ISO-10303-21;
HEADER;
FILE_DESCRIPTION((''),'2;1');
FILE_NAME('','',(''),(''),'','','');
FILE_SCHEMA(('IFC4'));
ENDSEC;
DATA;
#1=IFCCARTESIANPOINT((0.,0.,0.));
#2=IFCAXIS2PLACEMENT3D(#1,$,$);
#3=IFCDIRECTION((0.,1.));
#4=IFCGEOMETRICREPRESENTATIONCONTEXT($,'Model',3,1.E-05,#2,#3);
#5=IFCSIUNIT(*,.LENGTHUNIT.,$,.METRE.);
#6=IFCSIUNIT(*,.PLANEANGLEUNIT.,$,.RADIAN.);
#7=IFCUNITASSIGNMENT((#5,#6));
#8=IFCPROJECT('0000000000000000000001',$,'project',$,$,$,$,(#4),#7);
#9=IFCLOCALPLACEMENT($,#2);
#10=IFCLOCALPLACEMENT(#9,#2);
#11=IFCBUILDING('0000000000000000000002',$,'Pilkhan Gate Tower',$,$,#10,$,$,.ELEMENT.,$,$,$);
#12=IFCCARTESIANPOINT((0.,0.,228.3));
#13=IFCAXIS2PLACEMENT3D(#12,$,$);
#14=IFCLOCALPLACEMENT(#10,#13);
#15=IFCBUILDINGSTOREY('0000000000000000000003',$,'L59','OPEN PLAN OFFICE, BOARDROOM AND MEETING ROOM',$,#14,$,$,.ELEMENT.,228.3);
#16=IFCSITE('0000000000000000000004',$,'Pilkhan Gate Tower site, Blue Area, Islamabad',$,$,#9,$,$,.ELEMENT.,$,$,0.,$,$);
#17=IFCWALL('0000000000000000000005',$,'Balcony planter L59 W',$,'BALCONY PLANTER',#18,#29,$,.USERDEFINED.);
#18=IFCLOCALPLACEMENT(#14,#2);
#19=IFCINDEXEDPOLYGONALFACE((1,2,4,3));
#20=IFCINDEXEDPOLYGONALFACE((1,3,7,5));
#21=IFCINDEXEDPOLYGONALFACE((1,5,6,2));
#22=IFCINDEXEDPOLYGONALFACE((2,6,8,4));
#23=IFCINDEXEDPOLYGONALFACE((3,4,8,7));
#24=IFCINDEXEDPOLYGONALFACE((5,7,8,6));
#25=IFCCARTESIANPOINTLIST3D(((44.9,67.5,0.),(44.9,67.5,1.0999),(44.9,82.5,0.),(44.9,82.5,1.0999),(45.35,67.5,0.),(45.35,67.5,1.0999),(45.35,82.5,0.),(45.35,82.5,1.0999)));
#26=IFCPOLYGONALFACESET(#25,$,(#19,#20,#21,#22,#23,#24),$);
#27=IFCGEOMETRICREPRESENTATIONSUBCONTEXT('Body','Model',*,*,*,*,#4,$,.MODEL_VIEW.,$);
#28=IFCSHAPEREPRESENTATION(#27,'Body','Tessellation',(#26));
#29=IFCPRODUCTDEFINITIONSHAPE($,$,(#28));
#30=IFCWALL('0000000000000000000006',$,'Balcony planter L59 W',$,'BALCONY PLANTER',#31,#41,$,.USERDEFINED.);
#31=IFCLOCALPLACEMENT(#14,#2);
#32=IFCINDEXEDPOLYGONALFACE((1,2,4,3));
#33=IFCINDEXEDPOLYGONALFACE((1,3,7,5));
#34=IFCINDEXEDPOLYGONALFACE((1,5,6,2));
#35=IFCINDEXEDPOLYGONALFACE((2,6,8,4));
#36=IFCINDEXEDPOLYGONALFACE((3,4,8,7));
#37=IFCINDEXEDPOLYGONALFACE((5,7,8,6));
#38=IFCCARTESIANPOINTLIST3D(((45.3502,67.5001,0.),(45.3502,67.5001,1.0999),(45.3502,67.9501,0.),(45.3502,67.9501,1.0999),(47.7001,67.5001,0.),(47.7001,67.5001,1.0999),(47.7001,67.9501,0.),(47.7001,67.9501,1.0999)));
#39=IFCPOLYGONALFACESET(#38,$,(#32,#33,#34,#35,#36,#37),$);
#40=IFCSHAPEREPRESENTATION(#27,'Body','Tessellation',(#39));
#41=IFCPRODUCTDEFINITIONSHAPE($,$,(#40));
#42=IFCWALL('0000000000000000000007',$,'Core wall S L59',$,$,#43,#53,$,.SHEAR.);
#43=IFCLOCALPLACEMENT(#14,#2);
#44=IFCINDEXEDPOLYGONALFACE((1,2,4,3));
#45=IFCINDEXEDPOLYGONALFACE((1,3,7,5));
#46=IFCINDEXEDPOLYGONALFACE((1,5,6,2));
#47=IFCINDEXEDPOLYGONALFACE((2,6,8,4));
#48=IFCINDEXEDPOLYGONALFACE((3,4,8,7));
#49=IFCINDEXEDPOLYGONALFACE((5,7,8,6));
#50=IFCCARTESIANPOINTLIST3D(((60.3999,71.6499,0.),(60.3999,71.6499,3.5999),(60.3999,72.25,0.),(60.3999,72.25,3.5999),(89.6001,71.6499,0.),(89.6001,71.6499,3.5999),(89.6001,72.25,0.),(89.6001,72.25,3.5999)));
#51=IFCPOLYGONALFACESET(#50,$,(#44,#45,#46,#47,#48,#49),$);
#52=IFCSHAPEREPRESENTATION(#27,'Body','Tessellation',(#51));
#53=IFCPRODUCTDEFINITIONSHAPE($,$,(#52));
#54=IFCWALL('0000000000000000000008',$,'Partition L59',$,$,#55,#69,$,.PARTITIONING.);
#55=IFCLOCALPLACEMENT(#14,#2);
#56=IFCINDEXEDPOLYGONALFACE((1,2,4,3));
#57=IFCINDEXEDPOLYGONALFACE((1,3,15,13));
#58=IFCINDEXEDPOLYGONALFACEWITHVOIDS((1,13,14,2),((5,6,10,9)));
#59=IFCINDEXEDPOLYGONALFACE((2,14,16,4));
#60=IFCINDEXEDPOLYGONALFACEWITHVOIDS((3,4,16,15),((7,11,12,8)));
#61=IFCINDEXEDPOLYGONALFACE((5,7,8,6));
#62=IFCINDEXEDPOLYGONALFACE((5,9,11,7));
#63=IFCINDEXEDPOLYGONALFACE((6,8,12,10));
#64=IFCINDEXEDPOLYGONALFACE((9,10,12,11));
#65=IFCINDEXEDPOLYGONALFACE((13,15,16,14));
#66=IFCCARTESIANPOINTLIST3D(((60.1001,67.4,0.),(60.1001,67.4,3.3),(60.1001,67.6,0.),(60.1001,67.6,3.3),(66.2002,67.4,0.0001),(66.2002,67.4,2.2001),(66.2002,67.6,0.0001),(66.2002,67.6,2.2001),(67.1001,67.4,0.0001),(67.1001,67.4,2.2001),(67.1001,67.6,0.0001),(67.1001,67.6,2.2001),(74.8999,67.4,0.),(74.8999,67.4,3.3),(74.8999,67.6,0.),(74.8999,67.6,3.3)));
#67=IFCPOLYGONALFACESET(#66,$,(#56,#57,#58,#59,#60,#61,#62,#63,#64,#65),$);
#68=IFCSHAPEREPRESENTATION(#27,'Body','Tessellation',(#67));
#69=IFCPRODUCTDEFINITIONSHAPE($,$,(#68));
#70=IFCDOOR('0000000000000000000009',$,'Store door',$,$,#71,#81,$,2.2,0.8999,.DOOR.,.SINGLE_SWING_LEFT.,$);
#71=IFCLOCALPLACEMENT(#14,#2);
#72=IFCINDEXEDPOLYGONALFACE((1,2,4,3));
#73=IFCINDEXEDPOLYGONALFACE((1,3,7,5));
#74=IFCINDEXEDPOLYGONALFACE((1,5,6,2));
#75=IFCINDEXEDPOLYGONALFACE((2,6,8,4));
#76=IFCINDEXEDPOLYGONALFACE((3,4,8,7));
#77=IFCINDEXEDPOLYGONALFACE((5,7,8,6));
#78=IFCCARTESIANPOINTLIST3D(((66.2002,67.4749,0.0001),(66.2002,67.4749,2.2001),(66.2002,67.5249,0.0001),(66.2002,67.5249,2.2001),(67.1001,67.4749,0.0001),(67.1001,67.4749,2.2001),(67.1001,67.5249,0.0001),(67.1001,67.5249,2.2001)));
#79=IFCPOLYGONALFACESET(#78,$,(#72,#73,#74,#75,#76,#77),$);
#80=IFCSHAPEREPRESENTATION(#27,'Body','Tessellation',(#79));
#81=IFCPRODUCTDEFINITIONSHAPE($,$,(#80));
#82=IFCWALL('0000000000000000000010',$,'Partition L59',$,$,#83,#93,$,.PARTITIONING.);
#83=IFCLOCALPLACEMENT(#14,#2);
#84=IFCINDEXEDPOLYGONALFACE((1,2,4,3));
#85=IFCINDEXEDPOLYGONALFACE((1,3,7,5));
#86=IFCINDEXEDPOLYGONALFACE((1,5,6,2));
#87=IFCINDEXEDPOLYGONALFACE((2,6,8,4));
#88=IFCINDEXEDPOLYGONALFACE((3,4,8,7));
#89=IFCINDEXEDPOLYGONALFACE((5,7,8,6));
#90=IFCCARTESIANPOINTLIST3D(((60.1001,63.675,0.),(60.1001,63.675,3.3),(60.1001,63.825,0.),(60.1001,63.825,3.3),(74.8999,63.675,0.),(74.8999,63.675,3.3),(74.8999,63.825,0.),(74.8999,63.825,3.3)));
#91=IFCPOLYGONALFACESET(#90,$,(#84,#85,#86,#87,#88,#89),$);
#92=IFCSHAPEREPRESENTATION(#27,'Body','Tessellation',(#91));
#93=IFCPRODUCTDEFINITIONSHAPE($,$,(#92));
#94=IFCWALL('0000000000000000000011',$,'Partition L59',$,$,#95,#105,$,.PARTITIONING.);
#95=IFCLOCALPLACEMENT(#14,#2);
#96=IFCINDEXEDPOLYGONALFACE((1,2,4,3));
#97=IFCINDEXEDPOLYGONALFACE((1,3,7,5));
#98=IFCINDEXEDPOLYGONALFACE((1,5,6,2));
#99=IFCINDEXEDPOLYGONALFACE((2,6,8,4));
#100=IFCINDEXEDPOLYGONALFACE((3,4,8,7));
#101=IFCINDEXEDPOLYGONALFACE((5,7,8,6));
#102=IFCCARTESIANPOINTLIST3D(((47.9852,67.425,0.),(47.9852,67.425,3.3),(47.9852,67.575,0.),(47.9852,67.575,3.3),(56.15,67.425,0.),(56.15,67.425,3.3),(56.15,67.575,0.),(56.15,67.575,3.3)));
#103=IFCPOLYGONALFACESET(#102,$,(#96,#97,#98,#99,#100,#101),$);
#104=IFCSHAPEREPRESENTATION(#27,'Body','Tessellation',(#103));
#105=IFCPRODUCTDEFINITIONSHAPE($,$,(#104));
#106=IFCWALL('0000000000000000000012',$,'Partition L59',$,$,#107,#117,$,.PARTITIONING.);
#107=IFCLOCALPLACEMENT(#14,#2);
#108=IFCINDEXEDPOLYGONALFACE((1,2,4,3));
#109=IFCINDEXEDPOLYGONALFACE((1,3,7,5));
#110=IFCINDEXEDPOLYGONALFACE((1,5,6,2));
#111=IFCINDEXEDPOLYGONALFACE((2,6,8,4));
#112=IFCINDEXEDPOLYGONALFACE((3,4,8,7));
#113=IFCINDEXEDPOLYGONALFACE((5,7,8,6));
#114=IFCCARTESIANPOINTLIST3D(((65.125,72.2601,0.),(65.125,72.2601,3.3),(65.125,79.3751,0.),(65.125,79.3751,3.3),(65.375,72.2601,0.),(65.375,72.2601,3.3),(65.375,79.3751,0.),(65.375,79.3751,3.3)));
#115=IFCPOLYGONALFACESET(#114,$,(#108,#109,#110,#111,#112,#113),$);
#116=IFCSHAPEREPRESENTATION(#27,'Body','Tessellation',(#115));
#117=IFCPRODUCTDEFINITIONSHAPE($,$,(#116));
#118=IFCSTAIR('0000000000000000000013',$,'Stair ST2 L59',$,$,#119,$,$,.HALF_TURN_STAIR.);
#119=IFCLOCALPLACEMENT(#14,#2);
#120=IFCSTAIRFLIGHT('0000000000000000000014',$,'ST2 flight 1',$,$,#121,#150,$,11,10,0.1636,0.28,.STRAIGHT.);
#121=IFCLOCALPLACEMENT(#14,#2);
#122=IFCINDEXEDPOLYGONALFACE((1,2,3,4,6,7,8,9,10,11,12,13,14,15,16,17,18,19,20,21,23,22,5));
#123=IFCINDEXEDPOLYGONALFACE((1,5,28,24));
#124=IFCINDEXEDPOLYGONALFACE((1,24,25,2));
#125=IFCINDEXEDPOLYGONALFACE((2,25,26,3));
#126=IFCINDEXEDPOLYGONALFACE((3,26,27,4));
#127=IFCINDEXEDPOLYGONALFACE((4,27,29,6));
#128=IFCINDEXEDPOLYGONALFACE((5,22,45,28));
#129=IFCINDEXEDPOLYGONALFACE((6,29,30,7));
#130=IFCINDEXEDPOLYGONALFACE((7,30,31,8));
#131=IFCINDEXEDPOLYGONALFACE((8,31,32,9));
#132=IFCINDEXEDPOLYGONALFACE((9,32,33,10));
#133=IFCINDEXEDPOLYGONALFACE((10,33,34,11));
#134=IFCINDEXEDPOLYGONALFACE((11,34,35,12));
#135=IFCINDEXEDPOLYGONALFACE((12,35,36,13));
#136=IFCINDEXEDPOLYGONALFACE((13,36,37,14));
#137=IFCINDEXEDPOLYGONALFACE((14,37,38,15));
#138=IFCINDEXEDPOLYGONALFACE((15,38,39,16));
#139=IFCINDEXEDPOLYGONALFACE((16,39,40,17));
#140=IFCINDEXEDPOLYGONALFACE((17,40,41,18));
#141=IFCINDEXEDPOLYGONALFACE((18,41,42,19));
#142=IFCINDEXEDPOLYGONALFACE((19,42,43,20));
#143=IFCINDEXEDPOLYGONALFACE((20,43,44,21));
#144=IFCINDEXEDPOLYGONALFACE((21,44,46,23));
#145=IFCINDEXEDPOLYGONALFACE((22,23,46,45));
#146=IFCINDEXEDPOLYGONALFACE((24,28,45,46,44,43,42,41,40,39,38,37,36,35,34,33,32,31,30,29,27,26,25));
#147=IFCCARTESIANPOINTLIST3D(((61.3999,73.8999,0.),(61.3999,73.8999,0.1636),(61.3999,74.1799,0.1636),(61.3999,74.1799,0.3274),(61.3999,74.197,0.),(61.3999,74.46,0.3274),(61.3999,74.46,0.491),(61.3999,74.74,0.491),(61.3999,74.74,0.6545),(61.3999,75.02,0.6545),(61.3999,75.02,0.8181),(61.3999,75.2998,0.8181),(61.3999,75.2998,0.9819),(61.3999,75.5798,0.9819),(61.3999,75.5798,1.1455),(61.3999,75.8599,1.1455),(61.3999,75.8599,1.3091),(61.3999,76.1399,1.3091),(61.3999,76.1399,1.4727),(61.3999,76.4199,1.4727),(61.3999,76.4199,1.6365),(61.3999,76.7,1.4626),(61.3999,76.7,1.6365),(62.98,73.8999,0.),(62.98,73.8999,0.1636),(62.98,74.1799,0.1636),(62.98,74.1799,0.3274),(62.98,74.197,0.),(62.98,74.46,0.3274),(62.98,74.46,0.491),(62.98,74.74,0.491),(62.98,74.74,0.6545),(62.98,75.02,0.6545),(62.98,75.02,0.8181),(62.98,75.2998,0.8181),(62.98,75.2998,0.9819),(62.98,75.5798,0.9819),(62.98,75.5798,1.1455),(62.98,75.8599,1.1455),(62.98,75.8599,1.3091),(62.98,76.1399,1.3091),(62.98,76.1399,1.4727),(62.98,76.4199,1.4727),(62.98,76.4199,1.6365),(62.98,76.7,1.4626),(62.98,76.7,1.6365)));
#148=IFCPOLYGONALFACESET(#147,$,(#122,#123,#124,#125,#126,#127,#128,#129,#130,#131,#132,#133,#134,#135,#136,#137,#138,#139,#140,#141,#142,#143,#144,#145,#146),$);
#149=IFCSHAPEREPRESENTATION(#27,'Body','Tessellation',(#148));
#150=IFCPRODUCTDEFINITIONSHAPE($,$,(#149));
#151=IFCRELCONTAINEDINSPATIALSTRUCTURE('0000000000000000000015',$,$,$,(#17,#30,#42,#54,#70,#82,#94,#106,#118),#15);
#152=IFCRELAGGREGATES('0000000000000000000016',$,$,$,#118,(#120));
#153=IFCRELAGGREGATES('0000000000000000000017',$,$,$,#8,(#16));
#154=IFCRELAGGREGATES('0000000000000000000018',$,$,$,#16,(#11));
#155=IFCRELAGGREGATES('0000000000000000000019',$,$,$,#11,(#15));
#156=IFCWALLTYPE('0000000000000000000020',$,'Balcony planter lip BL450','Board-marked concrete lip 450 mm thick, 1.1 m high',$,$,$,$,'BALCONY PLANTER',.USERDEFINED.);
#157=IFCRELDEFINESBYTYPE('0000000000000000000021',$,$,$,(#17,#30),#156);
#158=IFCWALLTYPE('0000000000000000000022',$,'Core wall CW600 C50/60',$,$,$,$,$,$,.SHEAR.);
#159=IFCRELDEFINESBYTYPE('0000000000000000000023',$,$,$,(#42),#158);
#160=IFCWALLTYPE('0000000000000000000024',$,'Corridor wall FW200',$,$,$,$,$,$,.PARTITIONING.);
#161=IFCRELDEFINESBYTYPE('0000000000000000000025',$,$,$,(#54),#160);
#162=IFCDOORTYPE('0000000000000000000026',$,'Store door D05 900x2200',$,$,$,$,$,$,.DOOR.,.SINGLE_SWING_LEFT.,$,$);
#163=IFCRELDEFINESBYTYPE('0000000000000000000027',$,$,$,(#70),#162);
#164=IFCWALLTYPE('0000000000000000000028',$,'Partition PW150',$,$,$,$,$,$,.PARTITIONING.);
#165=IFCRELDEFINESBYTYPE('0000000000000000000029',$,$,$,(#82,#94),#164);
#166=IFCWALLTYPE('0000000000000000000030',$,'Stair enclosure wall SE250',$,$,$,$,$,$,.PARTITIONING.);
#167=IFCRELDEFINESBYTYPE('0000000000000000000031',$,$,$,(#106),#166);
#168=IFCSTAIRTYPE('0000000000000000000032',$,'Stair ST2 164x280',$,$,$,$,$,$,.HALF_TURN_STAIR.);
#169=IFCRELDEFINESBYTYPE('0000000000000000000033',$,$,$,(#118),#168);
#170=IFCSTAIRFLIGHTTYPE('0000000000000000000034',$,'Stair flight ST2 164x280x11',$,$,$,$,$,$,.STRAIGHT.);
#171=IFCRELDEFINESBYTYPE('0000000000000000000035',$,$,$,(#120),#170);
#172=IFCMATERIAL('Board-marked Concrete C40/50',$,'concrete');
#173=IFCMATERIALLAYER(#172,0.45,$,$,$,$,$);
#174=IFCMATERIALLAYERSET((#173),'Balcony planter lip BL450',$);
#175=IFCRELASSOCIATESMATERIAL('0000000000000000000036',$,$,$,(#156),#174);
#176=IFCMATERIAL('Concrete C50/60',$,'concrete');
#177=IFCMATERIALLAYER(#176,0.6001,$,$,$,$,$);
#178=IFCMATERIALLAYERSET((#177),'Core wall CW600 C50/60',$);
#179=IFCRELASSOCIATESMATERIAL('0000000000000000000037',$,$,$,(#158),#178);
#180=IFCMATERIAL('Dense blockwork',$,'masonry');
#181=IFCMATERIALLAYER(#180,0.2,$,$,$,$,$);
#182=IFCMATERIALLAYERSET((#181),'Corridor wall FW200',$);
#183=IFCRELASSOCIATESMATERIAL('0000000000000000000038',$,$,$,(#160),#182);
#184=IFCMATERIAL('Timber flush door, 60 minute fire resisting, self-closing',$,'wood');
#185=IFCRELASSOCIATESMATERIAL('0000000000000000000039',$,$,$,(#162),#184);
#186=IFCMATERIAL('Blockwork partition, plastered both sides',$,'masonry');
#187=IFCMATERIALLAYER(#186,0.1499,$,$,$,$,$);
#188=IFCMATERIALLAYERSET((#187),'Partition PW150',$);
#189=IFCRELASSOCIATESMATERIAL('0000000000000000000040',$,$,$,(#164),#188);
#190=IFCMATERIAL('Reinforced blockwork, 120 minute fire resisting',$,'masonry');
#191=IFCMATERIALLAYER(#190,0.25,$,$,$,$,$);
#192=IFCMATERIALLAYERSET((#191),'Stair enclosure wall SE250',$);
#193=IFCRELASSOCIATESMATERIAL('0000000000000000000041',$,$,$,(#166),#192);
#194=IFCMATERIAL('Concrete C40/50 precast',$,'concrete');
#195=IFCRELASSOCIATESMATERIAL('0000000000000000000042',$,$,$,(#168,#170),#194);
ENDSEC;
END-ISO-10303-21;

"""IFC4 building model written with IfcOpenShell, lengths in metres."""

from ifc_helpers import new_model, si_unit, direction, frame, frame_2d, origin, place, context, subcontext, project, spatial, polyline, rectangle, outline, extrude, material, layer, layer_set, type_object, element, fill, aggregate, save


model = new_model("IFC4")

# Units and contexts
model_context = context("Model", 3, precision=1e-05, world=origin(), true_north=direction((0.0, 1.0)))
body_context = subcontext(model_context, "Body", "Model", "MODEL_VIEW")
ifc_project = project(units=[si_unit("LENGTHUNIT", "METRE"), si_unit("PLANEANGLEUNIT", "RADIAN")], contexts=[model_context])

# Site, building, storey
site_placement = place(None, origin())
site = spatial("IfcSite", under=ifc_project, at=site_placement, Name="Pilkhan Gate Tower site, Blue Area, Islamabad", CompositionType="ELEMENT", RefElevation=0.0)
building_placement = place(site_placement, origin())
building = spatial("IfcBuilding", under=site, at=building_placement, Name="Pilkhan Gate Tower", CompositionType="ELEMENT")
storey_placement = place(building_placement, frame((0.0, 0.0, 228.3)))
storey = spatial("IfcBuildingStorey", under=building, at=storey_placement, Name="L59", Description="OPEN PLAN OFFICE, BOARDROOM AND MEETING ROOM", CompositionType="ELEMENT", Elevation=228.3)

# Shared definitions
ifc_material_1 = material(Name="Concrete C50/60", Category="concrete")

# Walls
ifc_material_2 = material(Name="Board-marked Concrete C40/50", Category="concrete")
ifc_layer_1 = layer(ifc_material_2, 0.45)
ifc_layer_set_1 = layer_set([ifc_layer_1], Name="Balcony planter lip BL450")
wall_type_1 = type_object("IfcWallType", Name="Balcony planter lip BL450", Description="Board-marked concrete lip 450 mm thick, 1.1 m high", ElementType="BALCONY PLANTER", PredefinedType="USERDEFINED", material=ifc_layer_set_1)
wall_1_placement = place(storey_placement, frame((45.125, 67.5, 0.0), z_axis=(0.0, 0.0, 1.0), x_axis=(0.0, 1.0, 0.0)))
element("IfcWall", 1, at=wall_1_placement, inside=storey, type_object=wall_type_1, Name="Balcony planter L59 W", ObjectType="BALCONY PLANTER", PredefinedType="USERDEFINED", context=body_context, shape_type="SweptSolid", body=[
    extrude(rectangle(XDim=15.0, YDim=0.45, at=frame_2d((7.5, 0.0))), origin(), (0.0, 0.0, 1.0), 1.0999),
])
wall_2_placement = place(storey_placement, frame((47.7, 67.7251, 0.0), z_axis=(0.0, 0.0, 1.0), x_axis=(-1.0, 0.0, 0.0)))
element("IfcWall", 2, at=wall_2_placement, inside=storey, type_object=wall_type_1, Name="Balcony planter L59 W", ObjectType="BALCONY PLANTER", PredefinedType="USERDEFINED", context=body_context, shape_type="SweptSolid", body=[
    extrude(rectangle(XDim=2.3499, YDim=0.45, at=frame_2d((1.1748, 0.0))), origin(), (0.0, 0.0, 1.0), 1.0999),
])
ifc_layer_2 = layer(ifc_material_1, 0.6001)
ifc_layer_set_2 = layer_set([ifc_layer_2], Name="Core wall CW600 C50/60")
wall_type_2 = type_object("IfcWallType", Name="Core wall CW600 C50/60", PredefinedType="SHEAR", material=ifc_layer_set_2)
wall_3_placement = place(storey_placement, frame((60.3999, 71.95, 0.0), z_axis=(0.0, 0.0, 1.0), x_axis=(1.0, 0.0, 0.0)))
element("IfcWall", 3, at=wall_3_placement, inside=storey, type_object=wall_type_2, Name="Core wall S L59", PredefinedType="SHEAR", context=body_context, shape_type="SweptSolid", body=[
    extrude(rectangle(XDim=29.2002, YDim=0.6001, at=frame_2d((14.6001, 0.0))), origin(), (0.0, 0.0, 1.0), 3.5999),
])

# Wall, opening, door
ifc_material_3 = material(Name="Dense blockwork", Category="masonry")
ifc_layer_3 = layer(ifc_material_3, 0.2)
ifc_layer_set_3 = layer_set([ifc_layer_3], Name="Corridor wall FW200")
wall_type_3 = type_object("IfcWallType", Name="Corridor wall FW200", PredefinedType="PARTITIONING", material=ifc_layer_set_3)
wall_4_placement = place(storey_placement, frame((60.1001, 67.5, 0.0), z_axis=(0.0, 0.0, 1.0), x_axis=(1.0, 0.0, 0.0)))
wall_4 = element("IfcWall", 4, at=wall_4_placement, inside=storey, type_object=wall_type_3, Name="Partition L59", PredefinedType="PARTITIONING", context=body_context, shape_type="SweptSolid", body=[
    extrude(rectangle(XDim=14.7998, YDim=0.2, at=frame_2d((7.3999, 0.0))), origin(), (0.0, 0.0, 1.0), 3.3),
])
opening_1_placement = place(wall_4_placement, frame((6.1001, 0.0, 0.0)))
opening_1 = element("IfcOpeningElement", 5, at=opening_1_placement, cuts=wall_4, PredefinedType="OPENING", context=body_context, shape_type="SweptSolid", body=[
    extrude(rectangle(XDim=0.8999, YDim=2.2, at=frame_2d((0.45, 1.1001))), frame((0.0, 0.1099, 0.0), z_axis=(0.0, -1.0, 0.0), x_axis=(1.0, 0.0, 0.0)), (0.0, 0.0, 1.0), 0.22),
])
ifc_material_4 = material(Name="Timber flush door, 60 minute fire resisting, self-closing", Category="wood")
door_type_1 = type_object("IfcDoorType", Name="Store door D05 900x2200", OperationType="SINGLE_SWING_LEFT", PredefinedType="DOOR", material=ifc_material_4)
door_1_placement = place(opening_1_placement, origin())
door_1 = element("IfcDoor", 6, at=door_1_placement, inside=storey, type_object=door_type_1, Name="Store door", OperationType="SINGLE_SWING_LEFT", OverallHeight=2.2, OverallWidth=0.8999, PredefinedType="DOOR", context=body_context, shape_type="SweptSolid", body=[
    extrude(rectangle(XDim=0.8999, YDim=2.2, at=frame_2d((0.45, 1.1001))), frame((0.0, 0.0249, 0.0), z_axis=(0.0, -1.0, 0.0), x_axis=(1.0, 0.0, 0.0)), (0.0, 0.0, 1.0), 0.05),
])
fill(opening_1, door_1)

# Walls
ifc_material_5 = material(Name="Blockwork partition, plastered both sides", Category="masonry")
ifc_layer_4 = layer(ifc_material_5, 0.1499)
ifc_layer_set_4 = layer_set([ifc_layer_4], Name="Partition PW150")
wall_type_4 = type_object("IfcWallType", Name="Partition PW150", PredefinedType="PARTITIONING", material=ifc_layer_set_4)
wall_5_placement = place(storey_placement, frame((60.1001, 63.75, 0.0), z_axis=(0.0, 0.0, 1.0), x_axis=(1.0, 0.0, 0.0)))
element("IfcWall", 7, at=wall_5_placement, inside=storey, type_object=wall_type_4, Name="Partition L59", PredefinedType="PARTITIONING", context=body_context, shape_type="SweptSolid", body=[
    extrude(rectangle(XDim=14.7998, YDim=0.1499, at=frame_2d((7.3999, 0.0))), origin(), (0.0, 0.0, 1.0), 3.3),
])
wall_6_placement = place(storey_placement, frame((47.9851, 67.5, 0.0), z_axis=(0.0, 0.0, 1.0), x_axis=(1.0, 0.0, 0.0)))
element("IfcWall", 8, at=wall_6_placement, inside=storey, type_object=wall_type_4, Name="Partition L59", PredefinedType="PARTITIONING", context=body_context, shape_type="SweptSolid", body=[
    extrude(rectangle(XDim=8.1648, YDim=0.1499, at=frame_2d((4.0825, 0.0))), origin(), (0.0, 0.0, 1.0), 3.3),
])
ifc_material_6 = material(Name="Reinforced blockwork, 120 minute fire resisting", Category="masonry")
ifc_layer_5 = layer(ifc_material_6, 0.25)
ifc_layer_set_5 = layer_set([ifc_layer_5], Name="Stair enclosure wall SE250")
wall_type_5 = type_object("IfcWallType", Name="Stair enclosure wall SE250", PredefinedType="PARTITIONING", material=ifc_layer_set_5)
wall_7_placement = place(storey_placement, frame((65.25, 72.26, 0.0), z_axis=(0.0, 0.0, 1.0), x_axis=(0.0, 1.0, 0.0)))
element("IfcWall", 9, at=wall_7_placement, inside=storey, type_object=wall_type_5, Name="Partition L59", PredefinedType="PARTITIONING", context=body_context, shape_type="SweptSolid", body=[
    extrude(rectangle(XDim=7.115, YDim=0.25, at=frame_2d((3.5576, 0.0))), origin(), (0.0, 0.0, 1.0), 3.3),
])

# Stair, stair flight
ifc_material_7 = material(Name="Concrete C40/50 precast", Category="concrete")
stair_type = type_object("IfcStairType", Name="Stair ST2 164x280", PredefinedType="HALF_TURN_STAIR", material=ifc_material_7)
stair_placement = place(storey_placement, origin())
stair = element("IfcStair", 10, at=stair_placement, inside=storey, type_object=stair_type, Name="Stair ST2 L59", PredefinedType="HALF_TURN_STAIR")
stair_flight_type = type_object("IfcStairFlightType", Name="Stair flight ST2 164x280x11", PredefinedType="STRAIGHT", material=ifc_material_7)
stair_flight_placement = place(storey_placement, frame((62.1899, 73.8999, 0.0), z_axis=(0.0, 0.0, 1.0), x_axis=(0.0, 1.0, 0.0)))
stair_flight = element("IfcStairFlight", 11, at=stair_flight_placement, type_object=stair_flight_type, Name="ST2 flight 1", NumberOfRisers=11, NumberOfTreads=10, PredefinedType="STRAIGHT", RiserHeight=0.1636, TreadLength=0.28, context=body_context, shape_type="SweptSolid", body=[
    extrude(outline(polyline([(0.0, 0.0), (0.0, 0.1636), (0.28, 0.1636), (0.28, 0.3274), (0.5601, 0.3274), (0.5601, 0.491), (0.8401, 0.491), (0.8401, 0.6545), (1.1201, 0.6545), (1.1201, 0.8181), (1.3999, 0.8181), (1.3999, 0.9819), (1.6799, 0.9819), (1.6799, 1.1455), (1.96, 1.1455), (1.96, 1.3091), (2.24, 1.3091), (2.24, 1.4727), (2.52, 1.4727), (2.52, 1.6365), (2.8, 1.6365), (2.8, 1.8), (2.8, 1.4626), (0.2971, 0.0), (0.0, 0.0)])), frame((0.0, 0.79, 0.0), z_axis=(0.0, -1.0, 0.0), x_axis=(1.0, 0.0, 0.0)), (0.0, 0.0, 1.0), 1.5801),
])
aggregate(stair, [stair_flight])

save(model, "model.ifc")
